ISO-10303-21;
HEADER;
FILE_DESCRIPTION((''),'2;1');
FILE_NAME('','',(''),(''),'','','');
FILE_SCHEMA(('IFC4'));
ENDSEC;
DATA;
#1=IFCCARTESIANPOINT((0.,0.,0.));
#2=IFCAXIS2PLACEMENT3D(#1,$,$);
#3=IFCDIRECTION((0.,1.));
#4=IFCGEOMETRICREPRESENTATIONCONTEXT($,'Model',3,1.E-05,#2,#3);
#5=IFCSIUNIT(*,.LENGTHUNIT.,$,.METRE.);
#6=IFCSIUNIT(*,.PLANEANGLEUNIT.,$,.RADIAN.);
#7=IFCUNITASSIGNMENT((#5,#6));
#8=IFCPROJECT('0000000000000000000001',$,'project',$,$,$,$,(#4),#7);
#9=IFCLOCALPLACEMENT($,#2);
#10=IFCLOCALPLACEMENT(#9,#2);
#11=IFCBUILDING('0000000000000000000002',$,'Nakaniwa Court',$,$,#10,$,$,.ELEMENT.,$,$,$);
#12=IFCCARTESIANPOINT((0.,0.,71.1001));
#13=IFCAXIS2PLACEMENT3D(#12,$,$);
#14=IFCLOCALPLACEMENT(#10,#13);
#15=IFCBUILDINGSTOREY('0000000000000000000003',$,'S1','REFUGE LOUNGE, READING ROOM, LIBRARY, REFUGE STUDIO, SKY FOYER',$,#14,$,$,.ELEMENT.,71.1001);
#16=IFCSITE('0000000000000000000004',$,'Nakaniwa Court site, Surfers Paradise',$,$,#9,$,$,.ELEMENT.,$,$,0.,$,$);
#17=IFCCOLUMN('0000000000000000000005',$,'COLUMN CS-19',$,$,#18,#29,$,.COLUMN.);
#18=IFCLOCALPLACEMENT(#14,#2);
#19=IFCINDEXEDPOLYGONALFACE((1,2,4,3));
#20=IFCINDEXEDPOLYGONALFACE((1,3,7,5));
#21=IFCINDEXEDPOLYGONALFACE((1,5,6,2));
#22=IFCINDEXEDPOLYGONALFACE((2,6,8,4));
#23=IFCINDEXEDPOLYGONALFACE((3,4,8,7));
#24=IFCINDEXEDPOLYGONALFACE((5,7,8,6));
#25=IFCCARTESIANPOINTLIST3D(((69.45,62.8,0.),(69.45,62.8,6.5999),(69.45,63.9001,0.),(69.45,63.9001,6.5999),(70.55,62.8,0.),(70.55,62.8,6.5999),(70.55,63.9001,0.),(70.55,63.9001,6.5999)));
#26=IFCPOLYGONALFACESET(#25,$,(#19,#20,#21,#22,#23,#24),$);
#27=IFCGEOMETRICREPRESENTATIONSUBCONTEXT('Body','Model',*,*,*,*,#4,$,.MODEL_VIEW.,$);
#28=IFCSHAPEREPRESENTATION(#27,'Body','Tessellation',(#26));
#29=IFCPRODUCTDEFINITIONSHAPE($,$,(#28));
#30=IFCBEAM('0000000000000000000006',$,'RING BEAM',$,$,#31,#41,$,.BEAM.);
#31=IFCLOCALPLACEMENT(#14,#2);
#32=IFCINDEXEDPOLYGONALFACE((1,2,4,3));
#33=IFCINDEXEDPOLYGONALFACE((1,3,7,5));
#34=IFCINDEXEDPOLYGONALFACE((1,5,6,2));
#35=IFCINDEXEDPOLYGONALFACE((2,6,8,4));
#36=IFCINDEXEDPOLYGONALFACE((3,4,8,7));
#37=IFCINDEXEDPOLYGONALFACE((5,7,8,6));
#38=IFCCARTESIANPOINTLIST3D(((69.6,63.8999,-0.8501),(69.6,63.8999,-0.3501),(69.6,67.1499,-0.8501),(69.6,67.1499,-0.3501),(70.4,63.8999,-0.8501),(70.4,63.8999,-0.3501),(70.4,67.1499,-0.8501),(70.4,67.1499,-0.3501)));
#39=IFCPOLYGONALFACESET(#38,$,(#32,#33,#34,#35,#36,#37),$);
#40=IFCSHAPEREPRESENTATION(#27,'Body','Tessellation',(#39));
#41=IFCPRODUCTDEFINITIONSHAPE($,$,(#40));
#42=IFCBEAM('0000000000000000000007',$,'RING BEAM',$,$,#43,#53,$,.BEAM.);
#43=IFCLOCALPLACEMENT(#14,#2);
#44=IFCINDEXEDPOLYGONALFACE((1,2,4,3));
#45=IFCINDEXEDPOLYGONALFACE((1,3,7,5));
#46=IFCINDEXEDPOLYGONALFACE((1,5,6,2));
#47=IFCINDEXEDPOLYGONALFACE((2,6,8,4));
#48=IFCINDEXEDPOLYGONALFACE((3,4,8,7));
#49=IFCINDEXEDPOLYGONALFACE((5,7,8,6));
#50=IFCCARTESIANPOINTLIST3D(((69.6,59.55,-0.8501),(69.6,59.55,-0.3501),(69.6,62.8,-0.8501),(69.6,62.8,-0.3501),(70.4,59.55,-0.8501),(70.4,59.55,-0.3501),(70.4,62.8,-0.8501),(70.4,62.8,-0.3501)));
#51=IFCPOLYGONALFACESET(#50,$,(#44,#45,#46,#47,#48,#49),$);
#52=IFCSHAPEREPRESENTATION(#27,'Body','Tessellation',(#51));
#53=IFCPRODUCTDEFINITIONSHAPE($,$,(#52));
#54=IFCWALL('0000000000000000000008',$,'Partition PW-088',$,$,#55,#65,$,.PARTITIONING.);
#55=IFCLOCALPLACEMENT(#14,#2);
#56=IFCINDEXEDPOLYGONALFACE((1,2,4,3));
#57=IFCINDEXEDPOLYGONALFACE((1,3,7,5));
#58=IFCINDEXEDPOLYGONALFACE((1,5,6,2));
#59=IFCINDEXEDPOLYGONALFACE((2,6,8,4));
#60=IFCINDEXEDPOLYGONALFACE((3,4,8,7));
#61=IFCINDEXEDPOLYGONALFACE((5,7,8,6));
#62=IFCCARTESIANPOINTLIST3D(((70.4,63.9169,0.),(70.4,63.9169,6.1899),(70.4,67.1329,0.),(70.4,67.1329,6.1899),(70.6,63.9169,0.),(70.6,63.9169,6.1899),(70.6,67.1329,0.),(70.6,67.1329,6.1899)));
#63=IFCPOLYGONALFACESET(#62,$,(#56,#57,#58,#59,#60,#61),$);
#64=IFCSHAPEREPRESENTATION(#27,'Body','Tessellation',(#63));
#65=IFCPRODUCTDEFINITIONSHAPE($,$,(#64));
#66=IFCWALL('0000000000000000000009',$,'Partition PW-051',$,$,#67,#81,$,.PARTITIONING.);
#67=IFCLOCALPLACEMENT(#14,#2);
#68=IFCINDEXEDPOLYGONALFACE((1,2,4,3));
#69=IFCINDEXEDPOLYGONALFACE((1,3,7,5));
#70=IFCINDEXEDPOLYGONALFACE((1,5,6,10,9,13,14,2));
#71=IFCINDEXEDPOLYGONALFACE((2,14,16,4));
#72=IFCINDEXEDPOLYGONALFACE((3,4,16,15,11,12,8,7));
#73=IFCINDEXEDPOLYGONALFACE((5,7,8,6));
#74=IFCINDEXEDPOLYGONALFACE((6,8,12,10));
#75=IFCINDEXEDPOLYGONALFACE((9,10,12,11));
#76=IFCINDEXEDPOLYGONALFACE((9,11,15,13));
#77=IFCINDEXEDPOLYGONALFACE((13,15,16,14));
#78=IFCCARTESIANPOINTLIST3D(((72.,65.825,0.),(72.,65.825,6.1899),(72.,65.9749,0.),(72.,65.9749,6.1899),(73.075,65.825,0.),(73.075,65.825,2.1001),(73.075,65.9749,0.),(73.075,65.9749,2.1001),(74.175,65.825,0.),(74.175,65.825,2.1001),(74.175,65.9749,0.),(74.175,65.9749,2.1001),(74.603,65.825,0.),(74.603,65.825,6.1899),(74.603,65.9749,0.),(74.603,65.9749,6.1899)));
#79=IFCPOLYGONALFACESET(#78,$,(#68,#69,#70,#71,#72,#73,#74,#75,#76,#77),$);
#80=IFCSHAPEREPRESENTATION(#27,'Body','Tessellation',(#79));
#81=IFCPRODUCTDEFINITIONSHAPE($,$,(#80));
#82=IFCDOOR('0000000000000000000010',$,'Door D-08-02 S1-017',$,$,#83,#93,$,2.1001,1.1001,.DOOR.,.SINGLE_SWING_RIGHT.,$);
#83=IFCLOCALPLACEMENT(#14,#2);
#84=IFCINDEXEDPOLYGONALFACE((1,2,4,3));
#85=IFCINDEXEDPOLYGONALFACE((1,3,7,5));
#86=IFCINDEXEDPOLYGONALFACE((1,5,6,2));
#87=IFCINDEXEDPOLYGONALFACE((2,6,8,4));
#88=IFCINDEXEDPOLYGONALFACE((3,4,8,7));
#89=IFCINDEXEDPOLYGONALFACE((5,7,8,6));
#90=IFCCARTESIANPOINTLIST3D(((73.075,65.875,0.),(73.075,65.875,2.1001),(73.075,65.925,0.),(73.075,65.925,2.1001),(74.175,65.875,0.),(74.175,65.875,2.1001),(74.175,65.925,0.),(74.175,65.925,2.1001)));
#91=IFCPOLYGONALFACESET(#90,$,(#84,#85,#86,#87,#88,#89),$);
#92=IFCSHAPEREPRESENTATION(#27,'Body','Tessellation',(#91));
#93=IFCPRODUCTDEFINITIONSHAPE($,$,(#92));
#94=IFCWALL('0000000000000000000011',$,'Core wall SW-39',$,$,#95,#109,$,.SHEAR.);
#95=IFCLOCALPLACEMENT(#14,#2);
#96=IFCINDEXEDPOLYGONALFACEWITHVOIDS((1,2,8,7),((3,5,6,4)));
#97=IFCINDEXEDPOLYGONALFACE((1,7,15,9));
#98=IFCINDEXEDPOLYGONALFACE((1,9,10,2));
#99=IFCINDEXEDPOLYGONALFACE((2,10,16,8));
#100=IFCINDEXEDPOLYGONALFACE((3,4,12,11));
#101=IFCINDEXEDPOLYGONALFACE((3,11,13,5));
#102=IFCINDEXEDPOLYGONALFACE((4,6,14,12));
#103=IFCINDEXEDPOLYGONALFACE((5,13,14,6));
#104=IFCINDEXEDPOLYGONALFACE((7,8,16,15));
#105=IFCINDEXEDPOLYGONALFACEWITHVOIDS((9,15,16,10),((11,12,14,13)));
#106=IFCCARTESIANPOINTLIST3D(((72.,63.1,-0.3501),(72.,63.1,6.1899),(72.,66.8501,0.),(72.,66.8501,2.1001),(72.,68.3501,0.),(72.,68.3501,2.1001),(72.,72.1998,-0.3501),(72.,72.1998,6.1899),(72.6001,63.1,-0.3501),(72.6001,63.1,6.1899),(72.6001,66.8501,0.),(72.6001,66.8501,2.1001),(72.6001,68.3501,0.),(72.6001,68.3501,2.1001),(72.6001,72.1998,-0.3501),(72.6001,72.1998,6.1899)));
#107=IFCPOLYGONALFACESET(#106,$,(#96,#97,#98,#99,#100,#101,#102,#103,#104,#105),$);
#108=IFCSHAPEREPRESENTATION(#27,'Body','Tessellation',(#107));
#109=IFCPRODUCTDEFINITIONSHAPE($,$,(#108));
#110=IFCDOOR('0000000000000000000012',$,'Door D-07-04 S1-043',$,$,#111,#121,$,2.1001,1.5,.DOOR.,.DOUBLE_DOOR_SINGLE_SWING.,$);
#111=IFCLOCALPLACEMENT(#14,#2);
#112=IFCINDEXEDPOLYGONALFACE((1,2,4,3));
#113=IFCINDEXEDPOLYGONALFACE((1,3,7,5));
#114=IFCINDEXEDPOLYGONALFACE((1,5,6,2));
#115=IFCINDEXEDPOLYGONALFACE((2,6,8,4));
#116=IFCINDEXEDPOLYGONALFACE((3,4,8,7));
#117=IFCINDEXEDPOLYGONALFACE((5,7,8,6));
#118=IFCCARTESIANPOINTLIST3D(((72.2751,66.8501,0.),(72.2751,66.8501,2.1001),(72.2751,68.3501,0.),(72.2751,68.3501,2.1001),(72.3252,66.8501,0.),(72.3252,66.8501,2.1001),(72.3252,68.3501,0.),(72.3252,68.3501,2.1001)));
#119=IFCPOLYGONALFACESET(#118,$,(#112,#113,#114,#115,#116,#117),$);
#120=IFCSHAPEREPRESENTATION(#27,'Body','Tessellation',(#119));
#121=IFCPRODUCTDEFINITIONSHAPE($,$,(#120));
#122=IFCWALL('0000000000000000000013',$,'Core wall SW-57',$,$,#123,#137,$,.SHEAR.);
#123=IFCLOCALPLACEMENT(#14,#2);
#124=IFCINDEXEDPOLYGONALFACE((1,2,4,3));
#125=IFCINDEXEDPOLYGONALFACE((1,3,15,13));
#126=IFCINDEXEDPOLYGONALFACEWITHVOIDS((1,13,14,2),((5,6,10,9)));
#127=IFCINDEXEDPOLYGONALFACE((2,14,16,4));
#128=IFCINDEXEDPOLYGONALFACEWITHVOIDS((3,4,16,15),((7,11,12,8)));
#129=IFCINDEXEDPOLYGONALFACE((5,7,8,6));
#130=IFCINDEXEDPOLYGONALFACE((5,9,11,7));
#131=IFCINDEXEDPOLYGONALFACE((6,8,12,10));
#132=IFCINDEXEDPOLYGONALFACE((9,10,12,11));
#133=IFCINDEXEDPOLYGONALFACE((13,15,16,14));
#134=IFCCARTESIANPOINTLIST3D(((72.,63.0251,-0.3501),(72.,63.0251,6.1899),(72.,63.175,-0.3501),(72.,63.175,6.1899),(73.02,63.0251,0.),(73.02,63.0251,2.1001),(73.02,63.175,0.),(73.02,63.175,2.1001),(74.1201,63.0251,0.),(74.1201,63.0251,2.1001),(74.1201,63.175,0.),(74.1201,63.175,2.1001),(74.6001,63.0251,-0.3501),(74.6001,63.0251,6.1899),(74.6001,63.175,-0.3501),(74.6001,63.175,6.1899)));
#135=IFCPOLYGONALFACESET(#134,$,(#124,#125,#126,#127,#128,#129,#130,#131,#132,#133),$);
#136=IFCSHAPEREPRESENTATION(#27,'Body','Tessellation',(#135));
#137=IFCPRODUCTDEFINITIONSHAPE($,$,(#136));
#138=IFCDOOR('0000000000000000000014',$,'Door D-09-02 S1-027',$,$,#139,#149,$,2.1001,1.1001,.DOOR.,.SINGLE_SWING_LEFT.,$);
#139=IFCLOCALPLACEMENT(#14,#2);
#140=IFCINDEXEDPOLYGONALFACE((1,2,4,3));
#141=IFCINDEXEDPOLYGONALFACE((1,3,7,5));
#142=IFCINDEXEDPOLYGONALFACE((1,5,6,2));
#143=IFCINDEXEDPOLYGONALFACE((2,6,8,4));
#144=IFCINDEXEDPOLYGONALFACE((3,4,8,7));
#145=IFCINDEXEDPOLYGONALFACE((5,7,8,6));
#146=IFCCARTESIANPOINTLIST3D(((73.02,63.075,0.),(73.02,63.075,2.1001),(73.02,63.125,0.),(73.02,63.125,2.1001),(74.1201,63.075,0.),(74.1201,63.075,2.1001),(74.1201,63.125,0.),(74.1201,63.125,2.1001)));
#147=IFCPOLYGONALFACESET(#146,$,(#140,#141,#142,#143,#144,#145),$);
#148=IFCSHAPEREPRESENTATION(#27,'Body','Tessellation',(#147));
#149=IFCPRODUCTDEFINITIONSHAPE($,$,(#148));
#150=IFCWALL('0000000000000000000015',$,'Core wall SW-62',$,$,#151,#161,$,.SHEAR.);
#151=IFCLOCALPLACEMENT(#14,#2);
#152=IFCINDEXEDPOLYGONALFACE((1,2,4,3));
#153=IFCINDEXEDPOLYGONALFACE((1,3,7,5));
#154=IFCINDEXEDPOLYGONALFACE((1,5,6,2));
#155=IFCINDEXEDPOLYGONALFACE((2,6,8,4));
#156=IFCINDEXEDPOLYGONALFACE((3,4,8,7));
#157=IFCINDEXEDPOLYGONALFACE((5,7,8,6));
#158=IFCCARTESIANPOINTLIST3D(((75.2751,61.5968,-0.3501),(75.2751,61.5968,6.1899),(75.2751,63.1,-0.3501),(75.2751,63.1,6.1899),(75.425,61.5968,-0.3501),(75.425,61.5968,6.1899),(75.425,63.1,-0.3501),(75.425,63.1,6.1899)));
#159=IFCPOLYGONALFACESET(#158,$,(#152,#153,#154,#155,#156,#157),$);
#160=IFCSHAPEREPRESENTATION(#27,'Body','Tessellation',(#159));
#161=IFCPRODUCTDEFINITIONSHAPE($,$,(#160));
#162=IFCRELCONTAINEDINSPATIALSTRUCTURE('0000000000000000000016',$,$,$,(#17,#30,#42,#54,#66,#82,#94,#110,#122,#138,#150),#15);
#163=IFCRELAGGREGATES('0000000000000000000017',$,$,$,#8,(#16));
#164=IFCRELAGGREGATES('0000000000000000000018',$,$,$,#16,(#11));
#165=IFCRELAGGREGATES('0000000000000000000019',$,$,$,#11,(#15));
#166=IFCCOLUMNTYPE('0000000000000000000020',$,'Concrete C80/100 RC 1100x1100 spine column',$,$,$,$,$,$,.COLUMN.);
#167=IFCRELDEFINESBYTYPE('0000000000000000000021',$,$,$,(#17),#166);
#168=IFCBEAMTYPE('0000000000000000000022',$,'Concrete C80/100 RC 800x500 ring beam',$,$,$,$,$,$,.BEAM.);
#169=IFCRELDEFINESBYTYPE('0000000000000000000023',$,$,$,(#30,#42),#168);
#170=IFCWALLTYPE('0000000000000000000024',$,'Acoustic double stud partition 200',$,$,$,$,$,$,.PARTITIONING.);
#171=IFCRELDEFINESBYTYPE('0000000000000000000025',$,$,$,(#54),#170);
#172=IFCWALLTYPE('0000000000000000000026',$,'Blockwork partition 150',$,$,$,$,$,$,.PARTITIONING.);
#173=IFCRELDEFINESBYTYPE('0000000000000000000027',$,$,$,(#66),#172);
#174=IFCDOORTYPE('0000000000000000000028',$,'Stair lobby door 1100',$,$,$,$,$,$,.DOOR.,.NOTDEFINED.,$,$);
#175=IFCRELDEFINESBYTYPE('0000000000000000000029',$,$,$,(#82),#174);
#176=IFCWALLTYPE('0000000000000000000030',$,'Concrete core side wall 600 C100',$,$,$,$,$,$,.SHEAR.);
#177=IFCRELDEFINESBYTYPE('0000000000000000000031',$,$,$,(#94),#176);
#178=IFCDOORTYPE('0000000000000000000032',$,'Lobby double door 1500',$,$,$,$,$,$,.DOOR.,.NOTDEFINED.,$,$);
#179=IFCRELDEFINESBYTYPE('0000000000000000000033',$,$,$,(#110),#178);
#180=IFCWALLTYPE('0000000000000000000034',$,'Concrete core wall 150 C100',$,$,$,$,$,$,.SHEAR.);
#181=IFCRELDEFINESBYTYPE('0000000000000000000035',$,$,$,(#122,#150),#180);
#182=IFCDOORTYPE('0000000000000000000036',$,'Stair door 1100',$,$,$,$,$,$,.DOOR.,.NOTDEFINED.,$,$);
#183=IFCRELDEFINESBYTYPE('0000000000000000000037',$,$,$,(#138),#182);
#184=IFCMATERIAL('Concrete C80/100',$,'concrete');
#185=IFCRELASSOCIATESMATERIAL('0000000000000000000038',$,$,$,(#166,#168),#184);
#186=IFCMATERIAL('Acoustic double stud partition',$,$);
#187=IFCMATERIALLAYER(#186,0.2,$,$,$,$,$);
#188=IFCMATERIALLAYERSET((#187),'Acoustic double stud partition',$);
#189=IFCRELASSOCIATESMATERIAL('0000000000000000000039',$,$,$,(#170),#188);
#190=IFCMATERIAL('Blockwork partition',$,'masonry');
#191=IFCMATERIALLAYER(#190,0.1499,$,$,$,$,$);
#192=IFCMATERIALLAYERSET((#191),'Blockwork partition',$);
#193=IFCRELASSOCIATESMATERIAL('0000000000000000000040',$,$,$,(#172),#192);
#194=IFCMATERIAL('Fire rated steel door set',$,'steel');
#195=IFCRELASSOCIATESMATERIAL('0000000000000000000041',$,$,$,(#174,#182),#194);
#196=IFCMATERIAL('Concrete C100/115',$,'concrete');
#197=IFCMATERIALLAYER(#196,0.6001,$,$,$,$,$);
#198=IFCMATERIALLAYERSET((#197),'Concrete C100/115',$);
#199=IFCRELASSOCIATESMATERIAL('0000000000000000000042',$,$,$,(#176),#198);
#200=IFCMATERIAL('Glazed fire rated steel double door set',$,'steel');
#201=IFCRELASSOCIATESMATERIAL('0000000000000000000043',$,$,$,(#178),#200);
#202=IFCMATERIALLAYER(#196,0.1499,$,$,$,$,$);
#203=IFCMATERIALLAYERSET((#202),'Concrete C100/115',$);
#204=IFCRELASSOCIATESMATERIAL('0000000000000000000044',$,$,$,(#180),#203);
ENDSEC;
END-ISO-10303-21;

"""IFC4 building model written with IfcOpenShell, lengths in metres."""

from ifc_helpers import new_model, si_unit, direction, frame, frame_2d, origin, origin_2d, place, context, subcontext, project, spatial, rectangle, extrude, material, layer, layer_set, material_profile, profile_set, type_object, element, fill, save


model = new_model("IFC4")

# Units and contexts
model_context = context("Model", 3, precision=1e-05, world=origin(), true_north=direction((0.0, 1.0)))
body_context = subcontext(model_context, "Body", "Model", "MODEL_VIEW")
ifc_project = project(units=[si_unit("LENGTHUNIT", "METRE"), si_unit("PLANEANGLEUNIT", "RADIAN")], contexts=[model_context])

# Site, building, storey
site_placement = place(None, origin())
site = spatial("IfcSite", under=ifc_project, at=site_placement, Name="Nakaniwa Court site, Surfers Paradise", CompositionType="ELEMENT", RefElevation=0.0)
building_placement = place(site_placement, origin())
building = spatial("IfcBuilding", under=site, at=building_placement, Name="Nakaniwa Court", CompositionType="ELEMENT")
storey_placement = place(building_placement, frame((0.0, 0.0, 71.1001)))
storey = spatial("IfcBuildingStorey", under=building, at=storey_placement, Name="S1", Description="REFUGE LOUNGE, READING ROOM, LIBRARY, REFUGE STUDIO, SKY FOYER", CompositionType="ELEMENT", Elevation=71.1001)

# Column
ifc_material_1 = material(Name="Concrete C80/100", Category="concrete")
ifc_material_profile_1 = material_profile(ifc_material_1, rectangle(XDim=1.1001, YDim=1.1001, at=origin_2d()), Name="Concrete C80/100 RC 1100x1100 spine column")
ifc_profile_set_1 = profile_set([ifc_material_profile_1], Name="Concrete C80/100")
column_type = type_object("IfcColumnType", Name="Concrete C80/100 RC 1100x1100 spine column", PredefinedType="COLUMN", material=ifc_profile_set_1)
column_placement = place(storey_placement, frame((70.0, 63.3501, 0.0), z_axis=(0.0, 0.0, 1.0), x_axis=(0.0, -1.0, 0.0)))
element("IfcColumn", 1, at=column_placement, inside=storey, type_object=column_type, Name="COLUMN CS-19", PredefinedType="COLUMN", context=body_context, shape_type="SweptSolid", body=[
    extrude(rectangle(XDim=1.1001, YDim=1.1001, at=origin_2d()), origin(), (0.0, 0.0, 1.0), 6.5999),
])

# Beams
ifc_material_profile_2 = material_profile(ifc_material_1, rectangle(XDim=0.8, YDim=0.5, at=origin_2d()), Name="Concrete C80/100 RC 800x500 ring beam")
ifc_profile_set_2 = profile_set([ifc_material_profile_2], Name="Concrete C80/100")
beam_type = type_object("IfcBeamType", Name="Concrete C80/100 RC 800x500 ring beam", PredefinedType="BEAM", material=ifc_profile_set_2)
for number, where, z_axis, x_axis, name in (
    (2, (70.0, 67.1499, -0.6001), (0.0, -1.0, 0.0), (1.0, 0.0, 0.0), "RING BEAM"),
    (3, (70.0, 62.8, -0.6001), (0.0, -1.0, 0.0), (1.0, 0.0, 0.0), "RING BEAM"),
):
    element("IfcBeam", number, at=place(storey_placement, frame(where, z_axis=z_axis, x_axis=x_axis)), inside=storey, type_object=beam_type, Name=name, PredefinedType="BEAM", context=body_context, shape_type="SweptSolid", body=[
        extrude(rectangle(XDim=0.8, YDim=0.5, at=origin_2d()), origin(), (0.0, 0.0, 1.0), 3.25),
    ])

# Wall
ifc_material_2 = material(Name="Acoustic double stud partition")
ifc_layer_1 = layer(ifc_material_2, 0.2)
ifc_layer_set_1 = layer_set([ifc_layer_1], Name="Acoustic double stud partition")
wall_type_1 = type_object("IfcWallType", Name="Acoustic double stud partition 200", PredefinedType="PARTITIONING", material=ifc_layer_set_1)
wall_1_placement = place(storey_placement, frame((70.5, 63.917, 0.0), z_axis=(0.0, 0.0, 1.0), x_axis=(0.0, 1.0, 0.0)))
element("IfcWall", 4, at=wall_1_placement, inside=storey, type_object=wall_type_1, Name="Partition PW-088", PredefinedType="PARTITIONING", context=body_context, shape_type="SweptSolid", body=[
    extrude(rectangle(XDim=3.2161, YDim=0.2, at=frame_2d((1.6079, 0.0))), origin(), (0.0, 0.0, 1.0), 6.1899),
])

# Walls, openings, doors
ifc_material_3 = material(Name="Blockwork partition", Category="masonry")
ifc_layer_2 = layer(ifc_material_3, 0.1499)
ifc_layer_set_2 = layer_set([ifc_layer_2], Name="Blockwork partition")
wall_type_2 = type_object("IfcWallType", Name="Blockwork partition 150", PredefinedType="PARTITIONING", material=ifc_layer_set_2)
wall_2_placement = place(storey_placement, frame((74.603, 65.8999, 0.0), z_axis=(0.0, 0.0, 1.0), x_axis=(-1.0, 0.0, 0.0)))
wall_2 = element("IfcWall", 5, at=wall_2_placement, inside=storey, type_object=wall_type_2, Name="Partition PW-051", PredefinedType="PARTITIONING", context=body_context, shape_type="SweptSolid", body=[
    extrude(rectangle(XDim=2.603, YDim=0.1499, at=frame_2d((1.3015, 0.0))), origin(), (0.0, 0.0, 1.0), 6.1899),
])
opening_1_placement = place(wall_2_placement, frame((0.428, 0.0, 0.0)))
opening_1 = element("IfcOpeningElement", 6, at=opening_1_placement, cuts=wall_2, PredefinedType="OPENING", context=body_context, shape_type="SweptSolid", body=[
    extrude(rectangle(XDim=1.1001, YDim=2.1001, at=frame_2d((0.55, 1.05))), frame((0.0, 0.085, 0.0), z_axis=(0.0, -1.0, 0.0), x_axis=(1.0, 0.0, 0.0)), (0.0, 0.0, 1.0), 0.1699),
])
ifc_material_4 = material(Name="Fire rated steel door set", Category="steel")
door_type_1 = type_object("IfcDoorType", Name="Stair lobby door 1100", OperationType="NOTDEFINED", PredefinedType="DOOR", material=ifc_material_4)
door_1_placement = place(opening_1_placement, origin())
door_1 = element("IfcDoor", 7, at=door_1_placement, inside=storey, type_object=door_type_1, Name="Door D-08-02 S1-017", OperationType="SINGLE_SWING_RIGHT", OverallHeight=2.1001, OverallWidth=1.1001, PredefinedType="DOOR", context=body_context, shape_type="SweptSolid", body=[
    extrude(rectangle(XDim=1.1001, YDim=2.1001, at=frame_2d((0.55, 1.05))), frame((0.0, 0.0249, 0.0), z_axis=(0.0, -1.0, 0.0), x_axis=(1.0, 0.0, 0.0)), (0.0, 0.0, 1.0), 0.05),
])
fill(opening_1, door_1)
ifc_material_5 = material(Name="Concrete C100/115", Category="concrete")
ifc_layer_3 = layer(ifc_material_5, 0.6001)
ifc_layer_set_3 = layer_set([ifc_layer_3], Name="Concrete C100/115")
wall_type_3 = type_object("IfcWallType", Name="Concrete core side wall 600 C100", PredefinedType="SHEAR", material=ifc_layer_set_3)
wall_3_placement = place(storey_placement, frame((72.3, 63.1001, -0.3501), z_axis=(0.0, 0.0, 1.0), x_axis=(0.0, 1.0, 0.0)))
wall_3 = element("IfcWall", 8, at=wall_3_placement, inside=storey, type_object=wall_type_3, Name="Core wall SW-39", PredefinedType="SHEAR", context=body_context, shape_type="SweptSolid", body=[
    extrude(rectangle(XDim=9.0999, YDim=0.6001, at=frame_2d((4.5498, 0.0))), origin(), (0.0, 0.0, 1.0), 6.54),
])
opening_2_placement = place(wall_3_placement, frame((3.75, 0.0, 0.3501)))
opening_2 = element("IfcOpeningElement", 9, at=opening_2_placement, cuts=wall_3, PredefinedType="OPENING", context=body_context, shape_type="SweptSolid", body=[
    extrude(rectangle(XDim=1.5, YDim=2.1001, at=frame_2d((0.75, 1.05))), frame((0.0, 0.3101, 0.0), z_axis=(0.0, -1.0, 0.0), x_axis=(1.0, 0.0, 0.0)), (0.0, 0.0, 1.0), 0.6201),
])
ifc_material_6 = material(Name="Glazed fire rated steel double door set", Category="steel")
door_type_2 = type_object("IfcDoorType", Name="Lobby double door 1500", OperationType="NOTDEFINED", PredefinedType="DOOR", material=ifc_material_6)
door_2_placement = place(opening_2_placement, origin())
door_2 = element("IfcDoor", 10, at=door_2_placement, inside=storey, type_object=door_type_2, Name="Door D-07-04 S1-043", OperationType="DOUBLE_DOOR_SINGLE_SWING", OverallHeight=2.1001, OverallWidth=1.5, PredefinedType="DOOR", context=body_context, shape_type="SweptSolid", body=[
    extrude(rectangle(XDim=1.5, YDim=2.1001, at=frame_2d((0.75, 1.05))), frame((0.0, 0.0249, 0.0), z_axis=(0.0, -1.0, 0.0), x_axis=(1.0, 0.0, 0.0)), (0.0, 0.0, 1.0), 0.05),
])
fill(opening_2, door_2)
ifc_layer_4 = layer(ifc_material_5, 0.1499)
ifc_layer_set_4 = layer_set([ifc_layer_4], Name="Concrete C100/115")
wall_type_4 = type_object("IfcWallType", Name="Concrete core wall 150 C100", PredefinedType="SHEAR", material=ifc_layer_set_4)
wall_4_placement = place(storey_placement, frame((72.0, 63.1001, -0.3501), z_axis=(0.0, 0.0, 1.0), x_axis=(1.0, 0.0, 0.0)))
wall_4 = element("IfcWall", 11, at=wall_4_placement, inside=storey, type_object=wall_type_4, Name="Core wall SW-57", PredefinedType="SHEAR", context=body_context, shape_type="SweptSolid", body=[
    extrude(rectangle(XDim=2.6001, YDim=0.1499, at=frame_2d((1.3, 0.0))), origin(), (0.0, 0.0, 1.0), 6.54),
])
opening_3_placement = place(wall_4_placement, frame((1.02, 0.0, 0.3501)))
opening_3 = element("IfcOpeningElement", 12, at=opening_3_placement, cuts=wall_4, PredefinedType="OPENING", context=body_context, shape_type="SweptSolid", body=[
    extrude(rectangle(XDim=1.1001, YDim=2.1001, at=frame_2d((0.55, 1.05))), frame((0.0, 0.085, 0.0), z_axis=(0.0, -1.0, 0.0), x_axis=(1.0, 0.0, 0.0)), (0.0, 0.0, 1.0), 0.1699),
])
door_type_3 = type_object("IfcDoorType", Name="Stair door 1100", OperationType="NOTDEFINED", PredefinedType="DOOR", material=ifc_material_4)
door_3_placement = place(opening_3_placement, origin())
door_3 = element("IfcDoor", 13, at=door_3_placement, inside=storey, type_object=door_type_3, Name="Door D-09-02 S1-027", OperationType="SINGLE_SWING_LEFT", OverallHeight=2.1001, OverallWidth=1.1001, PredefinedType="DOOR", context=body_context, shape_type="SweptSolid", body=[
    extrude(rectangle(XDim=1.1001, YDim=2.1001, at=frame_2d((0.55, 1.05))), frame((0.0, 0.0249, 0.0), z_axis=(0.0, -1.0, 0.0), x_axis=(1.0, 0.0, 0.0)), (0.0, 0.0, 1.0), 0.05),
])
fill(opening_3, door_3)

# Wall
wall_5_placement = place(storey_placement, frame((75.3501, 61.5969, -0.3501), z_axis=(0.0, 0.0, 1.0), x_axis=(0.0, 1.0, 0.0)))
element("IfcWall", 14, at=wall_5_placement, inside=storey, type_object=wall_type_4, Name="Core wall SW-62", PredefinedType="SHEAR", context=body_context, shape_type="SweptSolid", body=[
    extrude(rectangle(XDim=1.5032, YDim=0.1499, at=frame_2d((0.7515, 0.0))), origin(), (0.0, 0.0, 1.0), 6.54),
])

save(model, "model.ifc")
